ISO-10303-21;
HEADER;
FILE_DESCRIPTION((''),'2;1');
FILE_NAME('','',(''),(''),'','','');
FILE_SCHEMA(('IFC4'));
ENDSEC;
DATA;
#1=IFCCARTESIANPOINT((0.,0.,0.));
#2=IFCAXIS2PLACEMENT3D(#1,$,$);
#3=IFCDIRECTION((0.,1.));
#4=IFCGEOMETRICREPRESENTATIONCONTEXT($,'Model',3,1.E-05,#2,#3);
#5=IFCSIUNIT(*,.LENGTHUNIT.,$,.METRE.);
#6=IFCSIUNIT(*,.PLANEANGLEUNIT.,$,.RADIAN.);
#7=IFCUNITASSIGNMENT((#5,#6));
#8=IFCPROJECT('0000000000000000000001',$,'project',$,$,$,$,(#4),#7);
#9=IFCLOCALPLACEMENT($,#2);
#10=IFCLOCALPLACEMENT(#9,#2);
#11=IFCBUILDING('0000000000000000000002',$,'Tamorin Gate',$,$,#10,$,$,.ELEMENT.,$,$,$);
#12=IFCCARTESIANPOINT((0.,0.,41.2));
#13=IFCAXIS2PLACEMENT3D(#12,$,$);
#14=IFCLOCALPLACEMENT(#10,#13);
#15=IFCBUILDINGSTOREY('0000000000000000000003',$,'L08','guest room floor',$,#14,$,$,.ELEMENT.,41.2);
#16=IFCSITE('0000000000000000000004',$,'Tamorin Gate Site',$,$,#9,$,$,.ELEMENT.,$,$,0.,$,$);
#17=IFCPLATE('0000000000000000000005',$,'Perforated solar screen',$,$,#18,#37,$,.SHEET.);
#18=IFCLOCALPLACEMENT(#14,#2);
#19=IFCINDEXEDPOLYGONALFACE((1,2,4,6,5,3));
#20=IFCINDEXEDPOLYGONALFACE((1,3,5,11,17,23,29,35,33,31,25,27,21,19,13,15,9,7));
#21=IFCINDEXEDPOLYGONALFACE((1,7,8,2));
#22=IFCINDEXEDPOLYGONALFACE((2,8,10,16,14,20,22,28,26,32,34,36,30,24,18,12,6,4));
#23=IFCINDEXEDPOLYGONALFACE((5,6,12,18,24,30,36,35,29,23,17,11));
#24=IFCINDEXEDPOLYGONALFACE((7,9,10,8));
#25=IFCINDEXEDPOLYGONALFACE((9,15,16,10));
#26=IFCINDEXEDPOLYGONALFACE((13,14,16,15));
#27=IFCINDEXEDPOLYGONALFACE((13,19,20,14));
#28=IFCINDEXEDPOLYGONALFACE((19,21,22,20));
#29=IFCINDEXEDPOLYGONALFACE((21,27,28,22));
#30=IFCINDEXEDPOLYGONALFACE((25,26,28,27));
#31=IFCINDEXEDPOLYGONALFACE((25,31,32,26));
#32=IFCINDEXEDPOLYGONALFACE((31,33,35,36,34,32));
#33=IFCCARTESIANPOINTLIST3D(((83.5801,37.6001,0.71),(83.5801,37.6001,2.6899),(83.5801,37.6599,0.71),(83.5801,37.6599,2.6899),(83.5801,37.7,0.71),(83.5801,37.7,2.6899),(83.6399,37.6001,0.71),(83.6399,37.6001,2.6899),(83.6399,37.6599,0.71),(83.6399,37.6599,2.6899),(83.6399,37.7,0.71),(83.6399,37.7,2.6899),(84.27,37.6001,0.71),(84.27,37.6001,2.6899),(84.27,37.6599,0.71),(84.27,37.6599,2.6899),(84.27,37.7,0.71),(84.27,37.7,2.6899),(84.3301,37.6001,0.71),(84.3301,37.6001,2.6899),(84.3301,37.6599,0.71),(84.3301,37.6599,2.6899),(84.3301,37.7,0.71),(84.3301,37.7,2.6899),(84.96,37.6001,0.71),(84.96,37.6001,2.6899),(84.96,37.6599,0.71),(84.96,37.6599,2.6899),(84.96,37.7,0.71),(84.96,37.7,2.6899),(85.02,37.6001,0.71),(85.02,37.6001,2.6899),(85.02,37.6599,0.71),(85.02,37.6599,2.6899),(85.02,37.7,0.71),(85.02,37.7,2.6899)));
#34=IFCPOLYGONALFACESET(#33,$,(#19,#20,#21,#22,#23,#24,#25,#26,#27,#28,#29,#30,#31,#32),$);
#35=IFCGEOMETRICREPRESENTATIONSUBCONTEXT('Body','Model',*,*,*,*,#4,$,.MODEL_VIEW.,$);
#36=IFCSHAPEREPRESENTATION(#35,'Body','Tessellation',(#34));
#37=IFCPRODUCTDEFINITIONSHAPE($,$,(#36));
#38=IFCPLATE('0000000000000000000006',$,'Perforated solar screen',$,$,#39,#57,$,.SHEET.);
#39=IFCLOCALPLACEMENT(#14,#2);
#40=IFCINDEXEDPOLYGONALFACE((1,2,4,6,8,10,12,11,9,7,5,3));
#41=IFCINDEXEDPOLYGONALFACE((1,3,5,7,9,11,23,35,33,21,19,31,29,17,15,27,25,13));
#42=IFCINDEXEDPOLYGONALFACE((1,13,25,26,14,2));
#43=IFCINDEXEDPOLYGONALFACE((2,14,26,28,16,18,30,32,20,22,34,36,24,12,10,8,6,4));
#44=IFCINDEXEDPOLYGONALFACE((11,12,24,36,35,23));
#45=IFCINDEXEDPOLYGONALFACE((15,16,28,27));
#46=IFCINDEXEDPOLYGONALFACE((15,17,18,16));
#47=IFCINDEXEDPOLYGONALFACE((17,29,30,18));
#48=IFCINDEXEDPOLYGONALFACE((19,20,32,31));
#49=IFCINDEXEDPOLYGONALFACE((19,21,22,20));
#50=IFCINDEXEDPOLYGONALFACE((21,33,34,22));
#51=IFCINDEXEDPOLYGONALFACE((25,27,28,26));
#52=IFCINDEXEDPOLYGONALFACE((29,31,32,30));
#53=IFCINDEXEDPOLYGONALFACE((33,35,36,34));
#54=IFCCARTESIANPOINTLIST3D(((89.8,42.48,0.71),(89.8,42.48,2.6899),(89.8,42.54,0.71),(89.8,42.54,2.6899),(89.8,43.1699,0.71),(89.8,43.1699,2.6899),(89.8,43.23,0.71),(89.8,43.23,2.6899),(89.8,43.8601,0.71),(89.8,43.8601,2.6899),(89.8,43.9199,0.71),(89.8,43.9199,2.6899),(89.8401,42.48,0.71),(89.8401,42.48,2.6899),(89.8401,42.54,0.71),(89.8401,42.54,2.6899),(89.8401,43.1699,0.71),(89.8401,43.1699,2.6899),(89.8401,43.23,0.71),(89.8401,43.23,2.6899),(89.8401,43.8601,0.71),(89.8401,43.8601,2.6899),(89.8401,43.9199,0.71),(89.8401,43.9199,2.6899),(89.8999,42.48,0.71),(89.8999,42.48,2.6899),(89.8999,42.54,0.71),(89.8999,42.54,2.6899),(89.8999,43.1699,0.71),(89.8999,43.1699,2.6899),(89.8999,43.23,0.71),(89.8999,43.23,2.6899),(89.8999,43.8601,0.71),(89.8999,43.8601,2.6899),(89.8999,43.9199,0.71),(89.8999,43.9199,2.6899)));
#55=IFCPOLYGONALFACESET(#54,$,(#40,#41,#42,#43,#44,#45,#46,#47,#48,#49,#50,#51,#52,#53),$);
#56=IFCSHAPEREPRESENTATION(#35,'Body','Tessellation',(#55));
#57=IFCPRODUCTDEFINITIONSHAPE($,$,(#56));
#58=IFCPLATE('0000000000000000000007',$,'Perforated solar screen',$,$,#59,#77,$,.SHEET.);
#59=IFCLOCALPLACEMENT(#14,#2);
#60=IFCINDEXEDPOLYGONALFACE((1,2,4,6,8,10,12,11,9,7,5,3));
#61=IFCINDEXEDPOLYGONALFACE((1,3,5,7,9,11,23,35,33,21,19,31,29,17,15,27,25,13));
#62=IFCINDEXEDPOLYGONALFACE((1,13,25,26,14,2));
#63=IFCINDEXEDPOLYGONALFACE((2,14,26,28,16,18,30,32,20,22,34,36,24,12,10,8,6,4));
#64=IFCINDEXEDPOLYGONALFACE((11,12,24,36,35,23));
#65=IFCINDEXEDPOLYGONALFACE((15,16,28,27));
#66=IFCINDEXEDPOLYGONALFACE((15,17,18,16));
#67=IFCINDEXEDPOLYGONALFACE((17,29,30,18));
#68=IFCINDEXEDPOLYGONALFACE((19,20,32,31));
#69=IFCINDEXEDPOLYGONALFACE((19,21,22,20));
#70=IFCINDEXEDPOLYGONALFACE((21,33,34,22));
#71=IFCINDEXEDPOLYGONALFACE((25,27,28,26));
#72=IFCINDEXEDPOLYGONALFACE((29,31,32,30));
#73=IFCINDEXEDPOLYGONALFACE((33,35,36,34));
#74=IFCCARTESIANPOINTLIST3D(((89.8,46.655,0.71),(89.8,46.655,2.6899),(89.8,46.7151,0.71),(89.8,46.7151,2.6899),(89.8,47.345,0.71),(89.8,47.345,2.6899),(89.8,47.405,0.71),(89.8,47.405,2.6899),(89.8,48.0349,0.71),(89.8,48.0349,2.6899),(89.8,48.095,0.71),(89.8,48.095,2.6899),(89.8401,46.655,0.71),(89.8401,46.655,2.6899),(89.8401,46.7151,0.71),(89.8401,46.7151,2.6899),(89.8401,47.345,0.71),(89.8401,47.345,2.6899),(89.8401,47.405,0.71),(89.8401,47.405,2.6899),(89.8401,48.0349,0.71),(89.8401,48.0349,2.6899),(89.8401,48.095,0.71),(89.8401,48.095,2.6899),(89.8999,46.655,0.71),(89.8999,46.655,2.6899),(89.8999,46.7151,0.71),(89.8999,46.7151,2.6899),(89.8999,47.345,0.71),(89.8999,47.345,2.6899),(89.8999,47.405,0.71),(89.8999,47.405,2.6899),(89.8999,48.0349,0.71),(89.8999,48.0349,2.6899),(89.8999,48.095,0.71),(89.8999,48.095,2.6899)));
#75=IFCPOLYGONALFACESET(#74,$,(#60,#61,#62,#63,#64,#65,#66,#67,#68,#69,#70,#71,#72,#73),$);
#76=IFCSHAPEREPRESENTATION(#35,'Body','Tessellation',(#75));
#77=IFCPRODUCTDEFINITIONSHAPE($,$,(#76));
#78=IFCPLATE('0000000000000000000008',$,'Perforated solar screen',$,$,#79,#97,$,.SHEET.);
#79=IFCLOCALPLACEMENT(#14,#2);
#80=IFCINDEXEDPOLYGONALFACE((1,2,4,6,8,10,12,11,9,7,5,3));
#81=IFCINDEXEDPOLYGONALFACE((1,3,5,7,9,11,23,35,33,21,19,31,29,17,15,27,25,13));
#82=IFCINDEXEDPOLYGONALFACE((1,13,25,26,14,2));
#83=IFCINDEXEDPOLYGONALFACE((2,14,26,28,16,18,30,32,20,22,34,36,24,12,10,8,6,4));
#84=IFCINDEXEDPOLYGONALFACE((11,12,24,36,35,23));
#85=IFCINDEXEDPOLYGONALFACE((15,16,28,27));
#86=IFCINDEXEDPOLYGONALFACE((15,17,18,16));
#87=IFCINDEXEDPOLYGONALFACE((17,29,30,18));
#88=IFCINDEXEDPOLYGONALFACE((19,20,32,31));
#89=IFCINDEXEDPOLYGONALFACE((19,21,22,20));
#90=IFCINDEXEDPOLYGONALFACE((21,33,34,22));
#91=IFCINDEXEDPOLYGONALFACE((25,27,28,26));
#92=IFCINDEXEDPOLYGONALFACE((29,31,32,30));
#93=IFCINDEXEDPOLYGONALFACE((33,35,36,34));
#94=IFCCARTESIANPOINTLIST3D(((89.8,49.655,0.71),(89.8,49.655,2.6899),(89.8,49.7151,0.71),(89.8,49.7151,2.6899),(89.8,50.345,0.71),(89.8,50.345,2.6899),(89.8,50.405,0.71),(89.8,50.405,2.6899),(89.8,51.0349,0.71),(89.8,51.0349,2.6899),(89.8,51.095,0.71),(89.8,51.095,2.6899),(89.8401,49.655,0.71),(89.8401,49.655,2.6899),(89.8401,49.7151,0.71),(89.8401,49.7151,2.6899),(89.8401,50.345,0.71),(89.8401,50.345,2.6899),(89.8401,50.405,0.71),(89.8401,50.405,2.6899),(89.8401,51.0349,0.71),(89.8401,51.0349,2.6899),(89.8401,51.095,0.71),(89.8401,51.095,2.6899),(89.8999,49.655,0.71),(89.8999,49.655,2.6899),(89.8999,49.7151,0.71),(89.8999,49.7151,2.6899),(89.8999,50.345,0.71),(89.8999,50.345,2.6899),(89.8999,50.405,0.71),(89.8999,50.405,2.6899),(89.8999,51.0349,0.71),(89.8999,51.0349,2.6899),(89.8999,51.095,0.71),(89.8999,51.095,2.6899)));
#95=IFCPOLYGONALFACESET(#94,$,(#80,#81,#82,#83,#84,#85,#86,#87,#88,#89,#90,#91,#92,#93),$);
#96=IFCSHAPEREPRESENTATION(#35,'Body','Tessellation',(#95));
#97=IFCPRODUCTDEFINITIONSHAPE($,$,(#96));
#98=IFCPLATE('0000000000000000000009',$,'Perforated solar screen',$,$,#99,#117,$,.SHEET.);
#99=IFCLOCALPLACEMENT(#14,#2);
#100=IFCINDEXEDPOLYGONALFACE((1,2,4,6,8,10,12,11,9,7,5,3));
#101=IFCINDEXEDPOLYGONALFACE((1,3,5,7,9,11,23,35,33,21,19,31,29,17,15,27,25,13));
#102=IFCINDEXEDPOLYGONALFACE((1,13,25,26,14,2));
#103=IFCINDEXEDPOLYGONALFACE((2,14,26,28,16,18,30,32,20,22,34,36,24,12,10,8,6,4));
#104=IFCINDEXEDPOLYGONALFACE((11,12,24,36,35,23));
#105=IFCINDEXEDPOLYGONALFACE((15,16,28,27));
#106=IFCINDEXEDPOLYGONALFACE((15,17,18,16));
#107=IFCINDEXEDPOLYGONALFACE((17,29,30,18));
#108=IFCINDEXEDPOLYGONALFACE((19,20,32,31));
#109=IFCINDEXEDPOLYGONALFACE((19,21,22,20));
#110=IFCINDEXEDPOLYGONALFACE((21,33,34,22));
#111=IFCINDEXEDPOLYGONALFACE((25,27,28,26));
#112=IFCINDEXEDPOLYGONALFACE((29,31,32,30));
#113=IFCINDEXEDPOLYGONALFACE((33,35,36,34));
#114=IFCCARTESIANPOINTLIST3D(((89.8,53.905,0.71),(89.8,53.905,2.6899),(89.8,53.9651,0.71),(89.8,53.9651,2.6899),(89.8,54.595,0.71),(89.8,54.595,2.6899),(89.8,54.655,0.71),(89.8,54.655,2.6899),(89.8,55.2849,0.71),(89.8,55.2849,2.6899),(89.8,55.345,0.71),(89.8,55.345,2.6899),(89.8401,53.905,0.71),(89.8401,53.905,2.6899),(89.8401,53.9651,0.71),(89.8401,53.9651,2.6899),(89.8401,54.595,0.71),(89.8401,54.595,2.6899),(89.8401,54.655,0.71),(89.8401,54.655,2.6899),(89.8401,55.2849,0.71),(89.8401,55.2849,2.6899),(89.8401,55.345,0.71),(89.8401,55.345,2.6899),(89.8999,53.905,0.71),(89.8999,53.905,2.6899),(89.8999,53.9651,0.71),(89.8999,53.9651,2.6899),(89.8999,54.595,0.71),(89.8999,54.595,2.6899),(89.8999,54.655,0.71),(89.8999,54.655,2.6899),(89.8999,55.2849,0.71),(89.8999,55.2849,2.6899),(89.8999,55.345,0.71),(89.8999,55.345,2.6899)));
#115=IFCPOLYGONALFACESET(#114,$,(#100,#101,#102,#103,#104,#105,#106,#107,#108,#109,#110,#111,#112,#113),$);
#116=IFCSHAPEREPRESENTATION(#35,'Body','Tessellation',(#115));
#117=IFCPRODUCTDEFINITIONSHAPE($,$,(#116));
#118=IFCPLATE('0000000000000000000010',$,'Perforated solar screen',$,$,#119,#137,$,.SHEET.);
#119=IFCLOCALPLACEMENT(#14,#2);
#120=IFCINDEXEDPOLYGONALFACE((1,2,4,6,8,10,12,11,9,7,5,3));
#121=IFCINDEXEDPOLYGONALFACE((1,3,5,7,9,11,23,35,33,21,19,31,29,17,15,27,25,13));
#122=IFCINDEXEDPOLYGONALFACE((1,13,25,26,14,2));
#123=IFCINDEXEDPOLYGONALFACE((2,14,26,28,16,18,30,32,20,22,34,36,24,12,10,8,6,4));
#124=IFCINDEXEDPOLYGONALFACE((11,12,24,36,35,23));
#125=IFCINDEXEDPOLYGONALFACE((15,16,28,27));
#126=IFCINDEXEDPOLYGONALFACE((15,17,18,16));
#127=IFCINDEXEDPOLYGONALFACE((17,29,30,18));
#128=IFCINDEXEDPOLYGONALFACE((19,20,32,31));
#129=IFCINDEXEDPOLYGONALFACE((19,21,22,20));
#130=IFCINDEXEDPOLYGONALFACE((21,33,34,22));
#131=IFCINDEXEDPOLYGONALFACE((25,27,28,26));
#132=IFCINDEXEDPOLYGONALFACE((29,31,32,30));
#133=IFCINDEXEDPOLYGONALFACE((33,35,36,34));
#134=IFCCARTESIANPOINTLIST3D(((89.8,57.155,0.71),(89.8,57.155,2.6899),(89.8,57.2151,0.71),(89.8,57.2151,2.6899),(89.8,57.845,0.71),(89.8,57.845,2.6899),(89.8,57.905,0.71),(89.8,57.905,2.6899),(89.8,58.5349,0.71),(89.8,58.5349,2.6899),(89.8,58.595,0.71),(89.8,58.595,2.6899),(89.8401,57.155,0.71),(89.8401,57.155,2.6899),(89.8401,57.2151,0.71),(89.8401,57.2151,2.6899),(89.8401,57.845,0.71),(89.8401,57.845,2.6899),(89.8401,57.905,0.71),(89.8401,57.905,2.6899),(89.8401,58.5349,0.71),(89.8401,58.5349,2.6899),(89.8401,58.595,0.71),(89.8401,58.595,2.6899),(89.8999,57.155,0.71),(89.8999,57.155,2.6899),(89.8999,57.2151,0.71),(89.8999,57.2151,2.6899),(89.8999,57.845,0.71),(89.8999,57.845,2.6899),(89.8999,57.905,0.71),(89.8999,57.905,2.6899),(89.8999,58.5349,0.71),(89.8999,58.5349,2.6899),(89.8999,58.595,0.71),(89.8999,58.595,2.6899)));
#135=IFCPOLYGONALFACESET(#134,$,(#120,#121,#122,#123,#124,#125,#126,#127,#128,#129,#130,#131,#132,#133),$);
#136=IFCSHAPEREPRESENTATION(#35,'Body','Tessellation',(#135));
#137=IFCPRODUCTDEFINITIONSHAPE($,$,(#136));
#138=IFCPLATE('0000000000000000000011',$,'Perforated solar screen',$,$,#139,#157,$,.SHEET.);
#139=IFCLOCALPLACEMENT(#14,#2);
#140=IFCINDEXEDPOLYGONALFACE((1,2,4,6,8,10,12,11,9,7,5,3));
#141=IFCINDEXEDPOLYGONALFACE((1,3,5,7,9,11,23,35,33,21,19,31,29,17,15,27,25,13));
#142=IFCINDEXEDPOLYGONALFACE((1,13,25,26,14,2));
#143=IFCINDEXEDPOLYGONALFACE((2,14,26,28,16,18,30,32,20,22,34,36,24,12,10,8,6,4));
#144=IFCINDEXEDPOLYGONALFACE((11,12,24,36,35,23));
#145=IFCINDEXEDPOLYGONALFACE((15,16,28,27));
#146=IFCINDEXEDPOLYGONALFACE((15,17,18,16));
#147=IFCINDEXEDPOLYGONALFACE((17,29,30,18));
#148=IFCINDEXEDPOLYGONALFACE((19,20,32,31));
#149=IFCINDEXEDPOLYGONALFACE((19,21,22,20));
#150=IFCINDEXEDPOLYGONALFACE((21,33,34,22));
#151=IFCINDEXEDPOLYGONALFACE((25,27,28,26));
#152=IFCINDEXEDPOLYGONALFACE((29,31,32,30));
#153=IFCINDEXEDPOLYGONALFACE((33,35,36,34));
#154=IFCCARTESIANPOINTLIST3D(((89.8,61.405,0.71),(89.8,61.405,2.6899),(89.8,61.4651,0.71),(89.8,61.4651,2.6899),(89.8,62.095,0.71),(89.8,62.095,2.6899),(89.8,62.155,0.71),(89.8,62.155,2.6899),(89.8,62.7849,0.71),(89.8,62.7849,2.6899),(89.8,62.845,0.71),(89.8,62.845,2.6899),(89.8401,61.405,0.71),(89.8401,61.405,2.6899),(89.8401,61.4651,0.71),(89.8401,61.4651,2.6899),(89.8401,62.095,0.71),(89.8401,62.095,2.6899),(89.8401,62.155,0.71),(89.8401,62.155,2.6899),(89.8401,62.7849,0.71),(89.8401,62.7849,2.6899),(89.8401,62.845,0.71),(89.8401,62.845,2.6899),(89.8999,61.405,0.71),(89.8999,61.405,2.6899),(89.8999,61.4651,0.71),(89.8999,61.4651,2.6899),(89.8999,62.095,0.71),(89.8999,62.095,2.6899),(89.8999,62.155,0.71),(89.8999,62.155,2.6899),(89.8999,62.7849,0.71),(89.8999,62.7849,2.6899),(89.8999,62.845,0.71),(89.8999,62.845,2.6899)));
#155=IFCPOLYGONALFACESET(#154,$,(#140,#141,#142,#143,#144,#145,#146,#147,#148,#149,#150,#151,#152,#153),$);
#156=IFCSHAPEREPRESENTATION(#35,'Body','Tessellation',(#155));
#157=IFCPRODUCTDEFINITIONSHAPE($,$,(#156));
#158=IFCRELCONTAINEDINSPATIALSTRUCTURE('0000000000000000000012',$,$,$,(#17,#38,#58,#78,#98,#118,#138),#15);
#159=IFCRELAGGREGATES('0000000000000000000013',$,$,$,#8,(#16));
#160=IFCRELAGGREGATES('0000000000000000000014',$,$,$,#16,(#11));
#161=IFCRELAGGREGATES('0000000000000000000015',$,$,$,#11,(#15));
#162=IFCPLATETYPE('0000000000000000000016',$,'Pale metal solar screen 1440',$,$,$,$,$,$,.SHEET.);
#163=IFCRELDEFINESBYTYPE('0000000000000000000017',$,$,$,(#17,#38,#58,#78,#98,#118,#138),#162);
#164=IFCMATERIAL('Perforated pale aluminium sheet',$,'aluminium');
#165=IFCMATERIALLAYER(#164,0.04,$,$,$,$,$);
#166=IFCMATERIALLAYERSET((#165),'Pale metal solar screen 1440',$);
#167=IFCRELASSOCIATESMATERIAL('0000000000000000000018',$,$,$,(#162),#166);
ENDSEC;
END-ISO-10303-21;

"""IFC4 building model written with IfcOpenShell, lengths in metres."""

from ifc_helpers import new_model, si_unit, direction, frame, origin, place, context, subcontext, project, spatial, polyline, outline, extrude, material, layer, layer_set, type_object, element, save


model = new_model("IFC4")

# Units and contexts
model_context = context("Model", 3, precision=1e-05, world=origin(), true_north=direction((0.0, 1.0)))
body_context = subcontext(model_context, "Body", "Model", "MODEL_VIEW")
ifc_project = project(units=[si_unit("LENGTHUNIT", "METRE"), si_unit("PLANEANGLEUNIT", "RADIAN")], contexts=[model_context])

# Site, building, storey
site_placement = place(None, origin())
site = spatial("IfcSite", under=ifc_project, at=site_placement, Name="Tamorin Gate Site", CompositionType="ELEMENT", RefElevation=0.0)
building_placement = place(site_placement, origin())
building = spatial("IfcBuilding", under=site, at=building_placement, Name="Tamorin Gate", CompositionType="ELEMENT")
storey_placement = place(building_placement, frame((0.0, 0.0, 41.2)))
storey = spatial("IfcBuildingStorey", under=building, at=storey_placement, Name="L08", Description="guest room floor", CompositionType="ELEMENT", Elevation=41.2)

# Plates
ifc_material_1 = material(Name="Perforated pale aluminium sheet", Category="aluminium")
ifc_layer_1 = layer(ifc_material_1, 0.04)
ifc_layer_set_1 = layer_set([ifc_layer_1], Name="Pale metal solar screen 1440")
plate_type = type_object("IfcPlateType", Name="Pale metal solar screen 1440", PredefinedType="SHEET", material=ifc_layer_set_1)
plate_1_placement = place(storey_placement, frame((0.0, 0.0, 0.71)))
element("IfcPlate", 1, at=plate_1_placement, inside=storey, type_object=plate_type, Name="Perforated solar screen", PredefinedType="SHEET", context=body_context, shape_type="SweptSolid", body=[
    extrude(outline(polyline([(83.5801, 37.6599), (83.5801, 37.7), (83.6399, 37.7), (84.27, 37.7), (84.3301, 37.7), (84.96, 37.7), (85.02, 37.7), (85.02, 37.6599), (85.02, 37.6001), (84.96, 37.6001), (84.96, 37.6599), (84.3301, 37.6599), (84.3301, 37.6001), (84.27, 37.6001), (84.27, 37.6599), (83.6399, 37.6599), (83.6399, 37.6001), (83.5801, 37.6001), (83.5801, 37.6599)])), origin(), (0.0, 0.0, 1.0), 1.98),
])
plate_2_placement = place(storey_placement, frame((0.0, 0.0, 0.71)))
element("IfcPlate", 2, at=plate_2_placement, inside=storey, type_object=plate_type, Name="Perforated solar screen", PredefinedType="SHEET", context=body_context, shape_type="SweptSolid", body=[
    extrude(outline(polyline([(89.8401, 42.48), (89.8, 42.48), (89.8, 42.54), (89.8, 43.1699), (89.8, 43.23), (89.8, 43.8601), (89.8, 43.9199), (89.8401, 43.9199), (89.8999, 43.9199), (89.8999, 43.8601), (89.8401, 43.8601), (89.8401, 43.23), (89.8999, 43.23), (89.8999, 43.1699), (89.8401, 43.1699), (89.8401, 42.54), (89.8999, 42.54), (89.8999, 42.48), (89.8401, 42.48)])), origin(), (0.0, 0.0, 1.0), 1.98),
])
plate_3_placement = place(storey_placement, frame((0.0, 0.0, 0.71)))
element("IfcPlate", 3, at=plate_3_placement, inside=storey, type_object=plate_type, Name="Perforated solar screen", PredefinedType="SHEET", context=body_context, shape_type="SweptSolid", body=[
    extrude(outline(polyline([(89.8401, 46.655), (89.8, 46.655), (89.8, 46.7151), (89.8, 47.345), (89.8, 47.405), (89.8, 48.0349), (89.8, 48.095), (89.8, 48.095), (89.8401, 48.095), (89.8401, 48.095), (89.8999, 48.095), (89.8999, 48.0349), (89.8401, 48.0349), (89.8401, 47.405), (89.8999, 47.405), (89.8999, 47.345), (89.8401, 47.345), (89.8401, 46.7151), (89.8999, 46.7151), (89.8999, 46.655), (89.8401, 46.655)])), origin(), (0.0, 0.0, 1.0), 1.98),
])
plate_4_placement = place(storey_placement, frame((0.0, 0.0, 0.71)))
element("IfcPlate", 4, at=plate_4_placement, inside=storey, type_object=plate_type, Name="Perforated solar screen", PredefinedType="SHEET", context=body_context, shape_type="SweptSolid", body=[
    extrude(outline(polyline([(89.8401, 49.655), (89.8, 49.655), (89.8, 49.7151), (89.8, 50.345), (89.8, 50.405), (89.8, 51.0349), (89.8, 51.095), (89.8401, 51.095), (89.8999, 51.095), (89.8999, 51.0349), (89.8401, 51.0349), (89.8401, 50.405), (89.8999, 50.405), (89.8999, 50.345), (89.8401, 50.345), (89.8401, 49.7151), (89.8999, 49.7151), (89.8999, 49.655), (89.8401, 49.655)])), origin(), (0.0, 0.0, 1.0), 1.98),
])
plate_5_placement = place(storey_placement, frame((0.0, 0.0, 0.71)))
element("IfcPlate", 5, at=plate_5_placement, inside=storey, type_object=plate_type, Name="Perforated solar screen", PredefinedType="SHEET", context=body_context, shape_type="SweptSolid", body=[
    extrude(outline(polyline([(89.8401, 53.905), (89.8, 53.905), (89.8, 53.9651), (89.8, 54.595), (89.8, 54.655), (89.8, 55.2849), (89.8, 55.345), (89.8401, 55.345), (89.8999, 55.345), (89.8999, 55.2849), (89.8401, 55.2849), (89.8401, 54.655), (89.8999, 54.655), (89.8999, 54.595), (89.8401, 54.595), (89.8401, 53.9651), (89.8999, 53.9651), (89.8999, 53.905), (89.8401, 53.905)])), origin(), (0.0, 0.0, 1.0), 1.98),
])
plate_6_placement = place(storey_placement, frame((0.0, 0.0, 0.71)))
element("IfcPlate", 6, at=plate_6_placement, inside=storey, type_object=plate_type, Name="Perforated solar screen", PredefinedType="SHEET", context=body_context, shape_type="SweptSolid", body=[
    extrude(outline(polyline([(89.8401, 57.155), (89.8, 57.155), (89.8, 57.2151), (89.8, 57.845), (89.8, 57.905), (89.8, 58.5349), (89.8, 58.595), (89.8401, 58.595), (89.8999, 58.595), (89.8999, 58.5349), (89.8401, 58.5349), (89.8401, 57.905), (89.8999, 57.905), (89.8999, 57.845), (89.8401, 57.845), (89.8401, 57.2151), (89.8999, 57.2151), (89.8999, 57.155), (89.8401, 57.155)])), origin(), (0.0, 0.0, 1.0), 1.98),
])
plate_7_placement = place(storey_placement, frame((0.0, 0.0, 0.71)))
element("IfcPlate", 7, at=plate_7_placement, inside=storey, type_object=plate_type, Name="Perforated solar screen", PredefinedType="SHEET", context=body_context, shape_type="SweptSolid", body=[
    extrude(outline(polyline([(89.8401, 61.405), (89.8, 61.405), (89.8, 61.4651), (89.8, 62.095), (89.8, 62.155), (89.8, 62.7849), (89.8, 62.845), (89.8401, 62.845), (89.8999, 62.845), (89.8999, 62.7849), (89.8401, 62.7849), (89.8401, 62.155), (89.8999, 62.155), (89.8999, 62.095), (89.8401, 62.095), (89.8401, 61.4651), (89.8999, 61.4651), (89.8999, 61.405), (89.8401, 61.405)])), origin(), (0.0, 0.0, 1.0), 1.98),
])

save(model, "model.ifc")
